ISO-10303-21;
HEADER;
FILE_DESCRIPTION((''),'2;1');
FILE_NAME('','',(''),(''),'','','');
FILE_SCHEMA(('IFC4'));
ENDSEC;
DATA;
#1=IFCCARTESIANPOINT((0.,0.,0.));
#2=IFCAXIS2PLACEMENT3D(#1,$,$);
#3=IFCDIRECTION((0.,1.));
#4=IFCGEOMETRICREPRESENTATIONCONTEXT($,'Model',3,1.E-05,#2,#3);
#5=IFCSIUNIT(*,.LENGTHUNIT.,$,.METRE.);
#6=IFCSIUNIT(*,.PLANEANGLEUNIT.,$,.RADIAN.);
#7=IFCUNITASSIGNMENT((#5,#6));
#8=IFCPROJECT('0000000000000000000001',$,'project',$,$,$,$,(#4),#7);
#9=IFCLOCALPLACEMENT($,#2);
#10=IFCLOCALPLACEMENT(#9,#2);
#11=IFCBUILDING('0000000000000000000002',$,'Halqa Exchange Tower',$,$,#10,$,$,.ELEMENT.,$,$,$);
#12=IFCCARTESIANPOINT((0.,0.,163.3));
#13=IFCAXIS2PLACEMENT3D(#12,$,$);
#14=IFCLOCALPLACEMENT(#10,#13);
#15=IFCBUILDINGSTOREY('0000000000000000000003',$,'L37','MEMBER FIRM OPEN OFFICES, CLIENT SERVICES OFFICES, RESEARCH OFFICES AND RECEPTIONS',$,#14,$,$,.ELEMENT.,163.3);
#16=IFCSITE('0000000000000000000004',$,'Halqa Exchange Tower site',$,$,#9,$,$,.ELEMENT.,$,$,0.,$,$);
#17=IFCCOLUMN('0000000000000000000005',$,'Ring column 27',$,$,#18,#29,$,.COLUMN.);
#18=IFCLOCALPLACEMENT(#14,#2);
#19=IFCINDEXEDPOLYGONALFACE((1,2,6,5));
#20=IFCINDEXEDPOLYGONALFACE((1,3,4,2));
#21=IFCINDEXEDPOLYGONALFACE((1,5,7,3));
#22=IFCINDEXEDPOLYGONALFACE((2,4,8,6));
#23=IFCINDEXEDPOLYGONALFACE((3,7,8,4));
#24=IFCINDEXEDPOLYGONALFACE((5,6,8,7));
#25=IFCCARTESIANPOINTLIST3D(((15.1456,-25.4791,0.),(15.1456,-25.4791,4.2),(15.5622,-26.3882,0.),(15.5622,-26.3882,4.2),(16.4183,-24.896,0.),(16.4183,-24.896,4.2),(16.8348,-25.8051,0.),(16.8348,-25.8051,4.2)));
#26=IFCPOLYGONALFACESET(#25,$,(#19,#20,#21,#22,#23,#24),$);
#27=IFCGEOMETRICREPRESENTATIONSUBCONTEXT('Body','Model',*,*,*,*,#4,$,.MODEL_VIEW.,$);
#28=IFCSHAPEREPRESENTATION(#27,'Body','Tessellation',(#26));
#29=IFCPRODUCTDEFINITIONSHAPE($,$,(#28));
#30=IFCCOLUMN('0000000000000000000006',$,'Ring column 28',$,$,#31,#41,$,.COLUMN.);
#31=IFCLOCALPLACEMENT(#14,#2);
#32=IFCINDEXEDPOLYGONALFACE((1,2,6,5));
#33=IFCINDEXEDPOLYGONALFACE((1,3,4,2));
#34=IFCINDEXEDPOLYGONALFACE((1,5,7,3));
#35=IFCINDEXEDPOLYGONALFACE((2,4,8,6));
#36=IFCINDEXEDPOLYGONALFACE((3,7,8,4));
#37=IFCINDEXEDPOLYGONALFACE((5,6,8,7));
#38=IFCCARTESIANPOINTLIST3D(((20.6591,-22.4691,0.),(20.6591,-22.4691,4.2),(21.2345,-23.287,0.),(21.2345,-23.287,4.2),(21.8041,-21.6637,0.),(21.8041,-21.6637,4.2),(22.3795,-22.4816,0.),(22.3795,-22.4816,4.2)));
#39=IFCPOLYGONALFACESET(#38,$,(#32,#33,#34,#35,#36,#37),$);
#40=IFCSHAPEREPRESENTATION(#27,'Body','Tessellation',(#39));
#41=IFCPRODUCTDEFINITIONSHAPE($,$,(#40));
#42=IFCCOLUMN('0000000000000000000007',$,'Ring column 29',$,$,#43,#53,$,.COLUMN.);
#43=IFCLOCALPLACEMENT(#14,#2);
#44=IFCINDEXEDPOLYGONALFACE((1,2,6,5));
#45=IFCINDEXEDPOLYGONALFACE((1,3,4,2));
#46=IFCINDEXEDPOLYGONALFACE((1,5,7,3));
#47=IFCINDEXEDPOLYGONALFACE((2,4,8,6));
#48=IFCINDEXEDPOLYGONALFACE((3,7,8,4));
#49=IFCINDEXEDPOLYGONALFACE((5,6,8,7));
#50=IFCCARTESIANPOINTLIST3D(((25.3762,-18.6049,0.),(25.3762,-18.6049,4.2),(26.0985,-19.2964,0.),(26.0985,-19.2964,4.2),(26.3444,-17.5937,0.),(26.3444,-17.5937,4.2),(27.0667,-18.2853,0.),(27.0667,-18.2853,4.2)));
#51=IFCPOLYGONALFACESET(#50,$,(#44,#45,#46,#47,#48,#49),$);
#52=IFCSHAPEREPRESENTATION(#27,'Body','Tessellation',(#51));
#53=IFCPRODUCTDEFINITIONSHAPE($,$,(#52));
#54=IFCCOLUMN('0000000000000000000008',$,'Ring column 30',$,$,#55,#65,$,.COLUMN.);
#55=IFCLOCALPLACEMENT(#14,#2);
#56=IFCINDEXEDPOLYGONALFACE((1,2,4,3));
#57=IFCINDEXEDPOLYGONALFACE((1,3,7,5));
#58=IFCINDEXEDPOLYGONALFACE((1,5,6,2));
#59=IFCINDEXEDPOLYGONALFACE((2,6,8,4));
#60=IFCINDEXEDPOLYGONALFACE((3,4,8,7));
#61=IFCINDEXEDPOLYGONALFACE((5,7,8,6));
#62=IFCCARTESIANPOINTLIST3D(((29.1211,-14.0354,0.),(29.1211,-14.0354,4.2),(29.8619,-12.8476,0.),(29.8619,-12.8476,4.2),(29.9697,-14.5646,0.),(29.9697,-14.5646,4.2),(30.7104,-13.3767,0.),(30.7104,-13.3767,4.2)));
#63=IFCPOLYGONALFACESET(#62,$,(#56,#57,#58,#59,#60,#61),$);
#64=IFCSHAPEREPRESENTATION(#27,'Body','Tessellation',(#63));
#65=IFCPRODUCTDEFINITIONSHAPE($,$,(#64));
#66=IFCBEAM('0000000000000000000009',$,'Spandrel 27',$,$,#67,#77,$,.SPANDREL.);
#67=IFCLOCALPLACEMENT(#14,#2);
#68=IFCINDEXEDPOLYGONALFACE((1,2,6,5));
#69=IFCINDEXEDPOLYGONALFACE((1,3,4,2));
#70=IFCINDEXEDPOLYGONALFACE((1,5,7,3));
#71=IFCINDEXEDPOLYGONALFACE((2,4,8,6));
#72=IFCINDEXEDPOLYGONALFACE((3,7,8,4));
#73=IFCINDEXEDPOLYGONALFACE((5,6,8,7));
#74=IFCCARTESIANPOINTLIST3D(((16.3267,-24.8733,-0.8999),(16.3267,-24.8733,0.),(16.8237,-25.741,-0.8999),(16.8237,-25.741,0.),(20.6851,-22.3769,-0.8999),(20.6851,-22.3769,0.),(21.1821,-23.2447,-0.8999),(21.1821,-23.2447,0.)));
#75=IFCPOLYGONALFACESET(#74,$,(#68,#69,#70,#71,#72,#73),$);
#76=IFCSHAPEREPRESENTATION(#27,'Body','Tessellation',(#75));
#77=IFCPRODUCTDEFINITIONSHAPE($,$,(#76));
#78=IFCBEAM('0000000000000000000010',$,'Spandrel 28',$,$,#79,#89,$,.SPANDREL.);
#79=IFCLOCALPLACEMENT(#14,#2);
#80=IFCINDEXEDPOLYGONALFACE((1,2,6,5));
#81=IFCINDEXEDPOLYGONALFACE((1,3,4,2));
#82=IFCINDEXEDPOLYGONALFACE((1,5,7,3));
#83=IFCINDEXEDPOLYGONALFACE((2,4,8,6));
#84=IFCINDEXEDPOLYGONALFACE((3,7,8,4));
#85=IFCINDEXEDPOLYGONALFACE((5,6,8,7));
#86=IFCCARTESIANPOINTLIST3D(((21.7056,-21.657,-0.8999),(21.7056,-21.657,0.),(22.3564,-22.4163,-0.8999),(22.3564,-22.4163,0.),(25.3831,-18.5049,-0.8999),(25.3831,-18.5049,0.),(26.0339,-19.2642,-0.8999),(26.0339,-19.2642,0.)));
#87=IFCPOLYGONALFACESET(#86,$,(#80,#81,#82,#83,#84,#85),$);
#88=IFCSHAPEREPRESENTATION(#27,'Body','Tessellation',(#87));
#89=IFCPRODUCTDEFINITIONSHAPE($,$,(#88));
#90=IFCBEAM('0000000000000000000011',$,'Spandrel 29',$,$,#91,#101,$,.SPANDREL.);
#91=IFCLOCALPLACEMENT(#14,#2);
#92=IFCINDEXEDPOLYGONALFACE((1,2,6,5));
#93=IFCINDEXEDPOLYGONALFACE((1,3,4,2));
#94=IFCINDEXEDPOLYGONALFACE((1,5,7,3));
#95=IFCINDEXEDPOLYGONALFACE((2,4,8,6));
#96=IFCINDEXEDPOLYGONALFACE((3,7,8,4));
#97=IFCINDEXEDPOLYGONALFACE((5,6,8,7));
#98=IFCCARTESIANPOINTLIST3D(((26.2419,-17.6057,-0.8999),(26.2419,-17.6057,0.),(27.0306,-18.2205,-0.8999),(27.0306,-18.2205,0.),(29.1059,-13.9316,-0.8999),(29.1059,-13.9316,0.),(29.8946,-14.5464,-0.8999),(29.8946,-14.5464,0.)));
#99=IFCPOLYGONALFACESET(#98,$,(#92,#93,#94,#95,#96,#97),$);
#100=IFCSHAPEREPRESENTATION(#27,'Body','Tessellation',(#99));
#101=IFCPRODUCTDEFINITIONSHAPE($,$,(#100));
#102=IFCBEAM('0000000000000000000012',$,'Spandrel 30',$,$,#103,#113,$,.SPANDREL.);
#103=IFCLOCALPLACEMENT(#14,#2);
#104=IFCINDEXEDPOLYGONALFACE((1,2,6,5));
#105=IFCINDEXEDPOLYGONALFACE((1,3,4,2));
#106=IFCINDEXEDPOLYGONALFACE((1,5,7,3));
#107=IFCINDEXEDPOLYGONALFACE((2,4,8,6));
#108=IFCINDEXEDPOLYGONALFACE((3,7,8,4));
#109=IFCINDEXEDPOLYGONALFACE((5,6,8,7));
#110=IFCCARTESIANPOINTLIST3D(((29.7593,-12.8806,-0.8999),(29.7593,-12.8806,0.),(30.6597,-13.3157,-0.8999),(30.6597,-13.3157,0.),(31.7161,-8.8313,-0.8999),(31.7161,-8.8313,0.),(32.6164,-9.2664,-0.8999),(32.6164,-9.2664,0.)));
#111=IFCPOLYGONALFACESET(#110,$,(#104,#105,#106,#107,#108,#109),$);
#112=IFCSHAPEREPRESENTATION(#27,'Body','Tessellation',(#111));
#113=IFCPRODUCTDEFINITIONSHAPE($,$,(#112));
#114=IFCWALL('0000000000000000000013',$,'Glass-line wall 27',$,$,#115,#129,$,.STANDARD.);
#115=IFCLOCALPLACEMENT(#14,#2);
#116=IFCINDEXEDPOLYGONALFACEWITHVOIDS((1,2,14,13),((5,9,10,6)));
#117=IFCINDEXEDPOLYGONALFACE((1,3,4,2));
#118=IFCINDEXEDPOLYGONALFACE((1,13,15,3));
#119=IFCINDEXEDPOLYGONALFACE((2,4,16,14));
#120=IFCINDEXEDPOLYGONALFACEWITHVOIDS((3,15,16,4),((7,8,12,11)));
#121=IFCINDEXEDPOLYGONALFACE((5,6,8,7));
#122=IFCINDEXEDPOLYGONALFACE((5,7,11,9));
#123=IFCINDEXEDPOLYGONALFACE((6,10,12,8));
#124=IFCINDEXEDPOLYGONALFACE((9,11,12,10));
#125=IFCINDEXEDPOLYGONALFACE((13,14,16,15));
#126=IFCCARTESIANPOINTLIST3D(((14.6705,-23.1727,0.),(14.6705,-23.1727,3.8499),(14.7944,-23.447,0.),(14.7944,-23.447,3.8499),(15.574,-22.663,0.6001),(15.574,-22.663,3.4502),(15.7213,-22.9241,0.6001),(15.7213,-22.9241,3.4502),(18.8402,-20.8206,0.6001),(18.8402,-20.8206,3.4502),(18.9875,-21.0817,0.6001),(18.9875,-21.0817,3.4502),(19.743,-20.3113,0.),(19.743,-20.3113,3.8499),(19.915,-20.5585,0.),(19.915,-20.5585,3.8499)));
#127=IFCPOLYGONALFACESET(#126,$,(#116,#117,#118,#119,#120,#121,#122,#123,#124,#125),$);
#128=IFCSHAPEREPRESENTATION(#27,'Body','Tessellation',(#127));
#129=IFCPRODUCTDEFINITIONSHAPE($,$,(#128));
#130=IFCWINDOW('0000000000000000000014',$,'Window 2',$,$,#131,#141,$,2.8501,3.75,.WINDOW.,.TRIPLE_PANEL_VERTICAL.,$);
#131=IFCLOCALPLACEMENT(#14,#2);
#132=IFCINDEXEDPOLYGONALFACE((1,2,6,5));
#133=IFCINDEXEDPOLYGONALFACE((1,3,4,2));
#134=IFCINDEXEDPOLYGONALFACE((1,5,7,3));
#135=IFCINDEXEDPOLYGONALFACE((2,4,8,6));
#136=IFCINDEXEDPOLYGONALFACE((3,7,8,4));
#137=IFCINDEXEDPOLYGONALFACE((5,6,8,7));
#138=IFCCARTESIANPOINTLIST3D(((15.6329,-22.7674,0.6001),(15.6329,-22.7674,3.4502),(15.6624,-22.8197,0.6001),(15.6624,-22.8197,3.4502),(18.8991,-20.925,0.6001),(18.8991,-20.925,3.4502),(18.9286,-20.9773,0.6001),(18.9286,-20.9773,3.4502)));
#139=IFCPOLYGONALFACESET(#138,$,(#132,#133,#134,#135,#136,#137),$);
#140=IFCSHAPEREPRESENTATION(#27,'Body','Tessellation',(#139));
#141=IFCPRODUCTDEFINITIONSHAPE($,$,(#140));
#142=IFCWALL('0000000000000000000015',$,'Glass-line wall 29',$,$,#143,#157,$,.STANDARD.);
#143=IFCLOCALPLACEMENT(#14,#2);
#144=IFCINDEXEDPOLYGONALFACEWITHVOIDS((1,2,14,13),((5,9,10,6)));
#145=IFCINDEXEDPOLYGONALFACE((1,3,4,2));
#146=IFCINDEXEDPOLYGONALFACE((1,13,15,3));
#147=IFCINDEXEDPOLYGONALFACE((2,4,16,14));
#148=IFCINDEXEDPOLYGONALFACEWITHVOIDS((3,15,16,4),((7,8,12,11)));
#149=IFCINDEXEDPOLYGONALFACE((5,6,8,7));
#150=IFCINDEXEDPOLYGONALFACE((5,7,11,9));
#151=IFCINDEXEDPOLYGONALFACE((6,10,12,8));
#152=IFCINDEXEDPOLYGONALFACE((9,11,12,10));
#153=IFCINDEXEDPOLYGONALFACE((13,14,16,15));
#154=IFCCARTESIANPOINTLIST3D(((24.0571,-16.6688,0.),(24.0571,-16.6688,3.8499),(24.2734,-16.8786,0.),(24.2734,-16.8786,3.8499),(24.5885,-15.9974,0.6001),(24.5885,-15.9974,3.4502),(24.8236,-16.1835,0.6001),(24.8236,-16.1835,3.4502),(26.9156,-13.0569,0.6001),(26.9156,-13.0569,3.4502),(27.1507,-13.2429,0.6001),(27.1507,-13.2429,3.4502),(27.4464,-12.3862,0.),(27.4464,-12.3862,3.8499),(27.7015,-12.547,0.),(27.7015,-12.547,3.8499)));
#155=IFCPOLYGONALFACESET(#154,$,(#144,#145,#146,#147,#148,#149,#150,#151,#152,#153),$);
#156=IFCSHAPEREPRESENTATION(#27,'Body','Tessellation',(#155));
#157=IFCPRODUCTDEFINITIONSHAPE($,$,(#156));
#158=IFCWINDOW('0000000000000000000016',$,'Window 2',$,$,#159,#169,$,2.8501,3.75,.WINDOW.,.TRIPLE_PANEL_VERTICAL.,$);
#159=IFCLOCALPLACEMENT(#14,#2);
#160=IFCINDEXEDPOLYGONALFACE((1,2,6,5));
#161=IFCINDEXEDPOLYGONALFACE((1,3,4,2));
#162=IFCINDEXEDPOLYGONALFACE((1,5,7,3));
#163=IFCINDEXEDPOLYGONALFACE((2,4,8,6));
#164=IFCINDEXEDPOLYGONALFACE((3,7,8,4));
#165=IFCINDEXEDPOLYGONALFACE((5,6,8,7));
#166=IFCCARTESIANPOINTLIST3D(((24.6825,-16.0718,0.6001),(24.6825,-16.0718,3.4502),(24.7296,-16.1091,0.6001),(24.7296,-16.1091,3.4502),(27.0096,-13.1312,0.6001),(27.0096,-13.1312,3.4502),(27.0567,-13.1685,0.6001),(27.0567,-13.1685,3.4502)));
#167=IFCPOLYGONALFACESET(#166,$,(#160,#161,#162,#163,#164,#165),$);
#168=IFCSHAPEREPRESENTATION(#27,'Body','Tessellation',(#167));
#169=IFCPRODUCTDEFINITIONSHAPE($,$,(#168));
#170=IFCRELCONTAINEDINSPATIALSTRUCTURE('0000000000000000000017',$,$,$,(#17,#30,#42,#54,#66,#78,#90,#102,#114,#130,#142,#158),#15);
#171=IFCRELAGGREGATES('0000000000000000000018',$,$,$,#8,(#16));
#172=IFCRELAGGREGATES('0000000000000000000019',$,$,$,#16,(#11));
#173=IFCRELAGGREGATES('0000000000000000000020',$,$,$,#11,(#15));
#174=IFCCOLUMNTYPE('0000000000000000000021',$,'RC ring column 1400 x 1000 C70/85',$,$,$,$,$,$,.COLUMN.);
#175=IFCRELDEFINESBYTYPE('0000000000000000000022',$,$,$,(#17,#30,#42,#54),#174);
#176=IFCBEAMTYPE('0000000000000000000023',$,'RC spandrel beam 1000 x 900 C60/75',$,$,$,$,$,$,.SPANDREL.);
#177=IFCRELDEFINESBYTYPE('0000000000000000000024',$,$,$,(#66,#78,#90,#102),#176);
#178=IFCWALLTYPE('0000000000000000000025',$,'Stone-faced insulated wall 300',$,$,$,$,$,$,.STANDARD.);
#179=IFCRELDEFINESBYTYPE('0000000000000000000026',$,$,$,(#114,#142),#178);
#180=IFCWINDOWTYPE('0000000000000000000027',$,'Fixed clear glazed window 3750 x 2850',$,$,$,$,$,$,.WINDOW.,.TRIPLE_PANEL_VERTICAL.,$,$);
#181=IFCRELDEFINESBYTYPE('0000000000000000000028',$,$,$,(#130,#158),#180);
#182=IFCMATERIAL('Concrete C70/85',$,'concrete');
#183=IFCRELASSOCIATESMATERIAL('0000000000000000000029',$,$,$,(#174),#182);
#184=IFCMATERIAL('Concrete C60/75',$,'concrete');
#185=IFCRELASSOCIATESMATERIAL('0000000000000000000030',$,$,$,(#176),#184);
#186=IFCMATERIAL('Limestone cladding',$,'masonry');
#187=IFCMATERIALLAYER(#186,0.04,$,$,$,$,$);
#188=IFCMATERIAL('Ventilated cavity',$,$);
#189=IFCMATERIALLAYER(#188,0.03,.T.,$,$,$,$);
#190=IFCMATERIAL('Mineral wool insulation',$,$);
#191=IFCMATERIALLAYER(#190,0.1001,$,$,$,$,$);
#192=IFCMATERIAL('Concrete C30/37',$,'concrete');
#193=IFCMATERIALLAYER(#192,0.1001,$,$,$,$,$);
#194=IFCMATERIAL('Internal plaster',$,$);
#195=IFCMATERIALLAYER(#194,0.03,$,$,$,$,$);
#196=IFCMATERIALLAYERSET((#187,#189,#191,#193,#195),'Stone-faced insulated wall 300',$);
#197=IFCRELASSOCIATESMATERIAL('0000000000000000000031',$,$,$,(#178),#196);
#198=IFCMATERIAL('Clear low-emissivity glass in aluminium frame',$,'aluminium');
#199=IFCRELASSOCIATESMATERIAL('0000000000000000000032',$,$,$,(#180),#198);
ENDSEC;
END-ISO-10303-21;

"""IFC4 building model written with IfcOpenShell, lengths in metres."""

from ifc_helpers import new_model, si_unit, direction, frame, frame_2d, origin, origin_2d, place, context, subcontext, project, spatial, polyline, rectangle, outline, extrude, material, layer, layer_set, material_profile, profile_set, type_object, element, fill, save


model = new_model("IFC4")

# Units and contexts
model_context = context("Model", 3, precision=1e-05, world=origin(), true_north=direction((0.0, 1.0)))
body_context = subcontext(model_context, "Body", "Model", "MODEL_VIEW")
ifc_project = project(units=[si_unit("LENGTHUNIT", "METRE"), si_unit("PLANEANGLEUNIT", "RADIAN")], contexts=[model_context])

# Site, building, storey
site_placement = place(None, origin())
site = spatial("IfcSite", under=ifc_project, at=site_placement, Name="Halqa Exchange Tower site", CompositionType="ELEMENT", RefElevation=0.0)
building_placement = place(site_placement, origin())
building = spatial("IfcBuilding", under=site, at=building_placement, Name="Halqa Exchange Tower", CompositionType="ELEMENT")
storey_placement = place(building_placement, frame((0.0, 0.0, 163.3)))
storey = spatial("IfcBuildingStorey", under=building, at=storey_placement, Name="L37", Description="MEMBER FIRM OPEN OFFICES, CLIENT SERVICES OFFICES, RESEARCH OFFICES AND RECEPTIONS", CompositionType="ELEMENT", Elevation=163.3)

# Columns
ifc_material_1 = material(Name="Concrete C70/85", Category="concrete")
ifc_material_profile_1 = material_profile(ifc_material_1, rectangle(XDim=1.3999, YDim=1.0, at=origin_2d()), Name="1400 x 1000")
ifc_profile_set_1 = profile_set([ifc_material_profile_1], Name="Concrete C70/85")
column_type = type_object("IfcColumnType", Name="RC ring column 1400 x 1000 C70/85", PredefinedType="COLUMN", material=ifc_profile_set_1)
for number, where, z_axis, x_axis, name in (
    (1, (15.9902, -25.6421, 0.0), (0.0, 0.0, 1.0), (0.909126, 0.41652, 0.0), "Ring column 27"),
    (2, (21.5193, -22.4753, 0.0), (0.0, 0.0, 1.0), (0.817911, 0.575345, 0.0), "Ring column 28"),
    (3, (26.2214, -18.4451, 0.0), (0.0, 0.0, 1.0), (0.691579, 0.722301, 0.0), "Ring column 29"),
    (4, (29.9158, -13.7061, 0.0), (0.0, 0.0, 1.0), (0.529143, 0.848532, 0.0), "Ring column 30"),
):
    element("IfcColumn", number, at=place(storey_placement, frame(where, z_axis=z_axis, x_axis=x_axis)), inside=storey, type_object=column_type, Name=name, PredefinedType="COLUMN", context=body_context, shape_type="SweptSolid", body=[
        extrude(rectangle(XDim=1.3999, YDim=1.0, at=origin_2d()), origin(), (0.0, 0.0, 1.0), 4.2),
    ])

# Beams
ifc_material_2 = material(Name="Concrete C60/75", Category="concrete")
ifc_material_profile_2 = material_profile(ifc_material_2, rectangle(XDim=1.0, YDim=0.8999, at=origin_2d()), Name="1000 x 900")
ifc_profile_set_2 = profile_set([ifc_material_profile_2], Name="Concrete C60/75")
beam_type = type_object("IfcBeamType", Name="RC spandrel beam 1000 x 900 C60/75", PredefinedType="SPANDREL", material=ifc_profile_set_2)
beam_1_placement = place(storey_placement, frame((16.5752, -25.3071, -0.45), z_axis=(0.867743, 0.497013, 0.0), x_axis=(-0.497013, 0.867743, 0.0)))
element("IfcBeam", 5, at=beam_1_placement, inside=storey, type_object=beam_type, Name="Spandrel 27", PredefinedType="SPANDREL", context=body_context, shape_type="SweptSolid", body=[
    extrude(rectangle(XDim=1.0, YDim=0.8999, at=origin_2d()), origin(), (0.0, 0.0, 1.0), 5.0227),
])
beam_2_placement = place(storey_placement, frame((22.031, -22.0366, -0.45), z_axis=(0.75926, 0.650787, 0.0), x_axis=(-0.650787, 0.75926, 0.0)))
element("IfcBeam", 6, at=beam_2_placement, inside=storey, type_object=beam_type, Name="Spandrel 28", PredefinedType="SPANDREL", context=body_context, shape_type="SweptSolid", body=[
    extrude(rectangle(XDim=1.0, YDim=0.8999, at=origin_2d()), origin(), (0.0, 0.0, 1.0), 4.8435),
])
beam_3_placement = place(storey_placement, frame((26.6362, -17.9131, -0.45), z_axis=(0.614797, 0.788686, 0.0), x_axis=(-0.788686, 0.614797, 0.0)))
element("IfcBeam", 7, at=beam_3_placement, inside=storey, type_object=beam_type, Name="Spandrel 29", PredefinedType="SPANDREL", context=body_context, shape_type="SweptSolid", body=[
    extrude(rectangle(XDim=1.0, YDim=0.8999, at=origin_2d()), origin(), (0.0, 0.0, 1.0), 4.6584),
])
beam_4_placement = place(storey_placement, frame((30.2095, -13.0981, -0.45), z_axis=(0.4351, 0.900382, 0.0), x_axis=(-0.900382, 0.4351, 0.0)))
element("IfcBeam", 8, at=beam_4_placement, inside=storey, type_object=beam_type, Name="Spandrel 30", PredefinedType="SPANDREL", context=body_context, shape_type="SweptSolid", body=[
    extrude(rectangle(XDim=1.0, YDim=0.8999, at=origin_2d()), origin(), (0.0, 0.0, 1.0), 4.4973),
])

# Wall, opening, window
ifc_material_3 = material(Name="Limestone cladding", Category="masonry")
ifc_layer_1 = layer(ifc_material_3, 0.04)
ifc_material_4 = material(Name="Ventilated cavity")
ifc_layer_2 = layer(ifc_material_4, 0.03, ventilated=True)
ifc_material_5 = material(Name="Mineral wool insulation")
ifc_layer_3 = layer(ifc_material_5, 0.1001)
ifc_material_6 = material(Name="Concrete C30/37", Category="concrete")
ifc_layer_4 = layer(ifc_material_6, 0.1001)
ifc_material_7 = material(Name="Internal plaster")
ifc_layer_5 = layer(ifc_material_7, 0.03)
ifc_layer_set_1 = layer_set([ifc_layer_1, ifc_layer_2, ifc_layer_3, ifc_layer_4, ifc_layer_5], Name="Stone-faced insulated wall 300")
wall_type_1 = type_object("IfcWallType", Name="Stone-faced insulated wall 300", PredefinedType="STANDARD", material=ifc_layer_set_1)
wall_1_placement = place(storey_placement, frame((14.7324, -23.3098, 0.0), z_axis=(0.0, 0.0, 1.0), x_axis=(0.870982, 0.491315, 0.0)))
wall_1 = element("IfcWall", 9, at=wall_1_placement, inside=storey, type_object=wall_type_1, Name="Glass-line wall 27", PredefinedType="STANDARD", context=body_context, shape_type="SweptSolid", body=[
    extrude(outline(polyline([(-0.0134, -0.1499), (5.8657, -0.1499), (5.8374, 0.1499), (0.0134, 0.1499), (-0.0134, -0.1499)])), origin(), (0.0, 0.0, 1.0), 3.8499),
])
opening_1_placement = place(wall_1_placement, frame((1.0508, 0.0, 0.6001)))
opening_1 = element("IfcOpeningElement", 10, at=opening_1_placement, cuts=wall_1, PredefinedType="OPENING", context=body_context, shape_type="SweptSolid", body=[
    extrude(rectangle(XDim=3.75, YDim=2.8501, at=frame_2d((1.875, 1.425))), frame((0.0, 0.1621, 0.0), z_axis=(0.0, -1.0, 0.0), x_axis=(1.0, 0.0, 0.0)), (0.0, 0.0, 1.0), 0.324),
])
ifc_material_8 = material(Name="Clear low-emissivity glass in aluminium frame", Category="aluminium")
window_type = type_object("IfcWindowType", Name="Fixed clear glazed window 3750 x 2850", PartitioningType="TRIPLE_PANEL_VERTICAL", PredefinedType="WINDOW", material=ifc_material_8)
window_1_placement = place(opening_1_placement, origin())
window_1 = element("IfcWindow", 11, at=window_1_placement, inside=storey, type_object=window_type, Name="Window 2", OverallHeight=2.8501, OverallWidth=3.75, PartitioningType="TRIPLE_PANEL_VERTICAL", PredefinedType="WINDOW", context=body_context, shape_type="SweptSolid", body=[
    extrude(rectangle(XDim=3.75, YDim=2.8501, at=frame_2d((1.875, 1.425))), frame((0.0, 0.03, 0.0), z_axis=(0.0, -1.0, 0.0), x_axis=(1.0, 0.0, 0.0)), (0.0, 0.0, 1.0), 0.0601),
])
fill(opening_1, window_1)

# Wall, opening, window
wall_2_placement = place(storey_placement, frame((24.1653, -16.7737, 0.0), z_axis=(0.0, 0.0, 1.0), x_axis=(0.620578, 0.784145, 0.0)))
wall_2 = element("IfcWall", 12, at=wall_2_placement, inside=storey, type_object=wall_type_1, Name="Glass-line wall 29", PredefinedType="STANDARD", context=body_context, shape_type="SweptSolid", body=[
    extrude(outline(polyline([(-0.0151, -0.1499), (5.5088, -0.1499), (5.4766, 0.1499), (0.0151, 0.1499), (-0.0151, -0.1499)])), origin(), (0.0, 0.0, 1.0), 3.8499),
])
opening_2_placement = place(wall_2_placement, frame((0.8713, 0.0, 0.6001)))
opening_2 = element("IfcOpeningElement", 13, at=opening_2_placement, cuts=wall_2, PredefinedType="OPENING", context=body_context, shape_type="SweptSolid", body=[
    extrude(rectangle(XDim=3.75, YDim=2.8501, at=frame_2d((1.875, 1.425))), frame((0.0, 0.1621, 0.0), z_axis=(0.0, -1.0, 0.0), x_axis=(1.0, 0.0, 0.0)), (0.0, 0.0, 1.0), 0.324),
])
window_2_placement = place(opening_2_placement, origin())
window_2 = element("IfcWindow", 14, at=window_2_placement, inside=storey, type_object=window_type, Name="Window 2", OverallHeight=2.8501, OverallWidth=3.75, PartitioningType="TRIPLE_PANEL_VERTICAL", PredefinedType="WINDOW", context=body_context, shape_type="SweptSolid", body=[
    extrude(rectangle(XDim=3.75, YDim=2.8501, at=frame_2d((1.875, 1.425))), frame((0.0, 0.03, 0.0), z_axis=(0.0, -1.0, 0.0), x_axis=(1.0, 0.0, 0.0)), (0.0, 0.0, 1.0), 0.0601),
])
fill(opening_2, window_2)

save(model, "model.ifc")
